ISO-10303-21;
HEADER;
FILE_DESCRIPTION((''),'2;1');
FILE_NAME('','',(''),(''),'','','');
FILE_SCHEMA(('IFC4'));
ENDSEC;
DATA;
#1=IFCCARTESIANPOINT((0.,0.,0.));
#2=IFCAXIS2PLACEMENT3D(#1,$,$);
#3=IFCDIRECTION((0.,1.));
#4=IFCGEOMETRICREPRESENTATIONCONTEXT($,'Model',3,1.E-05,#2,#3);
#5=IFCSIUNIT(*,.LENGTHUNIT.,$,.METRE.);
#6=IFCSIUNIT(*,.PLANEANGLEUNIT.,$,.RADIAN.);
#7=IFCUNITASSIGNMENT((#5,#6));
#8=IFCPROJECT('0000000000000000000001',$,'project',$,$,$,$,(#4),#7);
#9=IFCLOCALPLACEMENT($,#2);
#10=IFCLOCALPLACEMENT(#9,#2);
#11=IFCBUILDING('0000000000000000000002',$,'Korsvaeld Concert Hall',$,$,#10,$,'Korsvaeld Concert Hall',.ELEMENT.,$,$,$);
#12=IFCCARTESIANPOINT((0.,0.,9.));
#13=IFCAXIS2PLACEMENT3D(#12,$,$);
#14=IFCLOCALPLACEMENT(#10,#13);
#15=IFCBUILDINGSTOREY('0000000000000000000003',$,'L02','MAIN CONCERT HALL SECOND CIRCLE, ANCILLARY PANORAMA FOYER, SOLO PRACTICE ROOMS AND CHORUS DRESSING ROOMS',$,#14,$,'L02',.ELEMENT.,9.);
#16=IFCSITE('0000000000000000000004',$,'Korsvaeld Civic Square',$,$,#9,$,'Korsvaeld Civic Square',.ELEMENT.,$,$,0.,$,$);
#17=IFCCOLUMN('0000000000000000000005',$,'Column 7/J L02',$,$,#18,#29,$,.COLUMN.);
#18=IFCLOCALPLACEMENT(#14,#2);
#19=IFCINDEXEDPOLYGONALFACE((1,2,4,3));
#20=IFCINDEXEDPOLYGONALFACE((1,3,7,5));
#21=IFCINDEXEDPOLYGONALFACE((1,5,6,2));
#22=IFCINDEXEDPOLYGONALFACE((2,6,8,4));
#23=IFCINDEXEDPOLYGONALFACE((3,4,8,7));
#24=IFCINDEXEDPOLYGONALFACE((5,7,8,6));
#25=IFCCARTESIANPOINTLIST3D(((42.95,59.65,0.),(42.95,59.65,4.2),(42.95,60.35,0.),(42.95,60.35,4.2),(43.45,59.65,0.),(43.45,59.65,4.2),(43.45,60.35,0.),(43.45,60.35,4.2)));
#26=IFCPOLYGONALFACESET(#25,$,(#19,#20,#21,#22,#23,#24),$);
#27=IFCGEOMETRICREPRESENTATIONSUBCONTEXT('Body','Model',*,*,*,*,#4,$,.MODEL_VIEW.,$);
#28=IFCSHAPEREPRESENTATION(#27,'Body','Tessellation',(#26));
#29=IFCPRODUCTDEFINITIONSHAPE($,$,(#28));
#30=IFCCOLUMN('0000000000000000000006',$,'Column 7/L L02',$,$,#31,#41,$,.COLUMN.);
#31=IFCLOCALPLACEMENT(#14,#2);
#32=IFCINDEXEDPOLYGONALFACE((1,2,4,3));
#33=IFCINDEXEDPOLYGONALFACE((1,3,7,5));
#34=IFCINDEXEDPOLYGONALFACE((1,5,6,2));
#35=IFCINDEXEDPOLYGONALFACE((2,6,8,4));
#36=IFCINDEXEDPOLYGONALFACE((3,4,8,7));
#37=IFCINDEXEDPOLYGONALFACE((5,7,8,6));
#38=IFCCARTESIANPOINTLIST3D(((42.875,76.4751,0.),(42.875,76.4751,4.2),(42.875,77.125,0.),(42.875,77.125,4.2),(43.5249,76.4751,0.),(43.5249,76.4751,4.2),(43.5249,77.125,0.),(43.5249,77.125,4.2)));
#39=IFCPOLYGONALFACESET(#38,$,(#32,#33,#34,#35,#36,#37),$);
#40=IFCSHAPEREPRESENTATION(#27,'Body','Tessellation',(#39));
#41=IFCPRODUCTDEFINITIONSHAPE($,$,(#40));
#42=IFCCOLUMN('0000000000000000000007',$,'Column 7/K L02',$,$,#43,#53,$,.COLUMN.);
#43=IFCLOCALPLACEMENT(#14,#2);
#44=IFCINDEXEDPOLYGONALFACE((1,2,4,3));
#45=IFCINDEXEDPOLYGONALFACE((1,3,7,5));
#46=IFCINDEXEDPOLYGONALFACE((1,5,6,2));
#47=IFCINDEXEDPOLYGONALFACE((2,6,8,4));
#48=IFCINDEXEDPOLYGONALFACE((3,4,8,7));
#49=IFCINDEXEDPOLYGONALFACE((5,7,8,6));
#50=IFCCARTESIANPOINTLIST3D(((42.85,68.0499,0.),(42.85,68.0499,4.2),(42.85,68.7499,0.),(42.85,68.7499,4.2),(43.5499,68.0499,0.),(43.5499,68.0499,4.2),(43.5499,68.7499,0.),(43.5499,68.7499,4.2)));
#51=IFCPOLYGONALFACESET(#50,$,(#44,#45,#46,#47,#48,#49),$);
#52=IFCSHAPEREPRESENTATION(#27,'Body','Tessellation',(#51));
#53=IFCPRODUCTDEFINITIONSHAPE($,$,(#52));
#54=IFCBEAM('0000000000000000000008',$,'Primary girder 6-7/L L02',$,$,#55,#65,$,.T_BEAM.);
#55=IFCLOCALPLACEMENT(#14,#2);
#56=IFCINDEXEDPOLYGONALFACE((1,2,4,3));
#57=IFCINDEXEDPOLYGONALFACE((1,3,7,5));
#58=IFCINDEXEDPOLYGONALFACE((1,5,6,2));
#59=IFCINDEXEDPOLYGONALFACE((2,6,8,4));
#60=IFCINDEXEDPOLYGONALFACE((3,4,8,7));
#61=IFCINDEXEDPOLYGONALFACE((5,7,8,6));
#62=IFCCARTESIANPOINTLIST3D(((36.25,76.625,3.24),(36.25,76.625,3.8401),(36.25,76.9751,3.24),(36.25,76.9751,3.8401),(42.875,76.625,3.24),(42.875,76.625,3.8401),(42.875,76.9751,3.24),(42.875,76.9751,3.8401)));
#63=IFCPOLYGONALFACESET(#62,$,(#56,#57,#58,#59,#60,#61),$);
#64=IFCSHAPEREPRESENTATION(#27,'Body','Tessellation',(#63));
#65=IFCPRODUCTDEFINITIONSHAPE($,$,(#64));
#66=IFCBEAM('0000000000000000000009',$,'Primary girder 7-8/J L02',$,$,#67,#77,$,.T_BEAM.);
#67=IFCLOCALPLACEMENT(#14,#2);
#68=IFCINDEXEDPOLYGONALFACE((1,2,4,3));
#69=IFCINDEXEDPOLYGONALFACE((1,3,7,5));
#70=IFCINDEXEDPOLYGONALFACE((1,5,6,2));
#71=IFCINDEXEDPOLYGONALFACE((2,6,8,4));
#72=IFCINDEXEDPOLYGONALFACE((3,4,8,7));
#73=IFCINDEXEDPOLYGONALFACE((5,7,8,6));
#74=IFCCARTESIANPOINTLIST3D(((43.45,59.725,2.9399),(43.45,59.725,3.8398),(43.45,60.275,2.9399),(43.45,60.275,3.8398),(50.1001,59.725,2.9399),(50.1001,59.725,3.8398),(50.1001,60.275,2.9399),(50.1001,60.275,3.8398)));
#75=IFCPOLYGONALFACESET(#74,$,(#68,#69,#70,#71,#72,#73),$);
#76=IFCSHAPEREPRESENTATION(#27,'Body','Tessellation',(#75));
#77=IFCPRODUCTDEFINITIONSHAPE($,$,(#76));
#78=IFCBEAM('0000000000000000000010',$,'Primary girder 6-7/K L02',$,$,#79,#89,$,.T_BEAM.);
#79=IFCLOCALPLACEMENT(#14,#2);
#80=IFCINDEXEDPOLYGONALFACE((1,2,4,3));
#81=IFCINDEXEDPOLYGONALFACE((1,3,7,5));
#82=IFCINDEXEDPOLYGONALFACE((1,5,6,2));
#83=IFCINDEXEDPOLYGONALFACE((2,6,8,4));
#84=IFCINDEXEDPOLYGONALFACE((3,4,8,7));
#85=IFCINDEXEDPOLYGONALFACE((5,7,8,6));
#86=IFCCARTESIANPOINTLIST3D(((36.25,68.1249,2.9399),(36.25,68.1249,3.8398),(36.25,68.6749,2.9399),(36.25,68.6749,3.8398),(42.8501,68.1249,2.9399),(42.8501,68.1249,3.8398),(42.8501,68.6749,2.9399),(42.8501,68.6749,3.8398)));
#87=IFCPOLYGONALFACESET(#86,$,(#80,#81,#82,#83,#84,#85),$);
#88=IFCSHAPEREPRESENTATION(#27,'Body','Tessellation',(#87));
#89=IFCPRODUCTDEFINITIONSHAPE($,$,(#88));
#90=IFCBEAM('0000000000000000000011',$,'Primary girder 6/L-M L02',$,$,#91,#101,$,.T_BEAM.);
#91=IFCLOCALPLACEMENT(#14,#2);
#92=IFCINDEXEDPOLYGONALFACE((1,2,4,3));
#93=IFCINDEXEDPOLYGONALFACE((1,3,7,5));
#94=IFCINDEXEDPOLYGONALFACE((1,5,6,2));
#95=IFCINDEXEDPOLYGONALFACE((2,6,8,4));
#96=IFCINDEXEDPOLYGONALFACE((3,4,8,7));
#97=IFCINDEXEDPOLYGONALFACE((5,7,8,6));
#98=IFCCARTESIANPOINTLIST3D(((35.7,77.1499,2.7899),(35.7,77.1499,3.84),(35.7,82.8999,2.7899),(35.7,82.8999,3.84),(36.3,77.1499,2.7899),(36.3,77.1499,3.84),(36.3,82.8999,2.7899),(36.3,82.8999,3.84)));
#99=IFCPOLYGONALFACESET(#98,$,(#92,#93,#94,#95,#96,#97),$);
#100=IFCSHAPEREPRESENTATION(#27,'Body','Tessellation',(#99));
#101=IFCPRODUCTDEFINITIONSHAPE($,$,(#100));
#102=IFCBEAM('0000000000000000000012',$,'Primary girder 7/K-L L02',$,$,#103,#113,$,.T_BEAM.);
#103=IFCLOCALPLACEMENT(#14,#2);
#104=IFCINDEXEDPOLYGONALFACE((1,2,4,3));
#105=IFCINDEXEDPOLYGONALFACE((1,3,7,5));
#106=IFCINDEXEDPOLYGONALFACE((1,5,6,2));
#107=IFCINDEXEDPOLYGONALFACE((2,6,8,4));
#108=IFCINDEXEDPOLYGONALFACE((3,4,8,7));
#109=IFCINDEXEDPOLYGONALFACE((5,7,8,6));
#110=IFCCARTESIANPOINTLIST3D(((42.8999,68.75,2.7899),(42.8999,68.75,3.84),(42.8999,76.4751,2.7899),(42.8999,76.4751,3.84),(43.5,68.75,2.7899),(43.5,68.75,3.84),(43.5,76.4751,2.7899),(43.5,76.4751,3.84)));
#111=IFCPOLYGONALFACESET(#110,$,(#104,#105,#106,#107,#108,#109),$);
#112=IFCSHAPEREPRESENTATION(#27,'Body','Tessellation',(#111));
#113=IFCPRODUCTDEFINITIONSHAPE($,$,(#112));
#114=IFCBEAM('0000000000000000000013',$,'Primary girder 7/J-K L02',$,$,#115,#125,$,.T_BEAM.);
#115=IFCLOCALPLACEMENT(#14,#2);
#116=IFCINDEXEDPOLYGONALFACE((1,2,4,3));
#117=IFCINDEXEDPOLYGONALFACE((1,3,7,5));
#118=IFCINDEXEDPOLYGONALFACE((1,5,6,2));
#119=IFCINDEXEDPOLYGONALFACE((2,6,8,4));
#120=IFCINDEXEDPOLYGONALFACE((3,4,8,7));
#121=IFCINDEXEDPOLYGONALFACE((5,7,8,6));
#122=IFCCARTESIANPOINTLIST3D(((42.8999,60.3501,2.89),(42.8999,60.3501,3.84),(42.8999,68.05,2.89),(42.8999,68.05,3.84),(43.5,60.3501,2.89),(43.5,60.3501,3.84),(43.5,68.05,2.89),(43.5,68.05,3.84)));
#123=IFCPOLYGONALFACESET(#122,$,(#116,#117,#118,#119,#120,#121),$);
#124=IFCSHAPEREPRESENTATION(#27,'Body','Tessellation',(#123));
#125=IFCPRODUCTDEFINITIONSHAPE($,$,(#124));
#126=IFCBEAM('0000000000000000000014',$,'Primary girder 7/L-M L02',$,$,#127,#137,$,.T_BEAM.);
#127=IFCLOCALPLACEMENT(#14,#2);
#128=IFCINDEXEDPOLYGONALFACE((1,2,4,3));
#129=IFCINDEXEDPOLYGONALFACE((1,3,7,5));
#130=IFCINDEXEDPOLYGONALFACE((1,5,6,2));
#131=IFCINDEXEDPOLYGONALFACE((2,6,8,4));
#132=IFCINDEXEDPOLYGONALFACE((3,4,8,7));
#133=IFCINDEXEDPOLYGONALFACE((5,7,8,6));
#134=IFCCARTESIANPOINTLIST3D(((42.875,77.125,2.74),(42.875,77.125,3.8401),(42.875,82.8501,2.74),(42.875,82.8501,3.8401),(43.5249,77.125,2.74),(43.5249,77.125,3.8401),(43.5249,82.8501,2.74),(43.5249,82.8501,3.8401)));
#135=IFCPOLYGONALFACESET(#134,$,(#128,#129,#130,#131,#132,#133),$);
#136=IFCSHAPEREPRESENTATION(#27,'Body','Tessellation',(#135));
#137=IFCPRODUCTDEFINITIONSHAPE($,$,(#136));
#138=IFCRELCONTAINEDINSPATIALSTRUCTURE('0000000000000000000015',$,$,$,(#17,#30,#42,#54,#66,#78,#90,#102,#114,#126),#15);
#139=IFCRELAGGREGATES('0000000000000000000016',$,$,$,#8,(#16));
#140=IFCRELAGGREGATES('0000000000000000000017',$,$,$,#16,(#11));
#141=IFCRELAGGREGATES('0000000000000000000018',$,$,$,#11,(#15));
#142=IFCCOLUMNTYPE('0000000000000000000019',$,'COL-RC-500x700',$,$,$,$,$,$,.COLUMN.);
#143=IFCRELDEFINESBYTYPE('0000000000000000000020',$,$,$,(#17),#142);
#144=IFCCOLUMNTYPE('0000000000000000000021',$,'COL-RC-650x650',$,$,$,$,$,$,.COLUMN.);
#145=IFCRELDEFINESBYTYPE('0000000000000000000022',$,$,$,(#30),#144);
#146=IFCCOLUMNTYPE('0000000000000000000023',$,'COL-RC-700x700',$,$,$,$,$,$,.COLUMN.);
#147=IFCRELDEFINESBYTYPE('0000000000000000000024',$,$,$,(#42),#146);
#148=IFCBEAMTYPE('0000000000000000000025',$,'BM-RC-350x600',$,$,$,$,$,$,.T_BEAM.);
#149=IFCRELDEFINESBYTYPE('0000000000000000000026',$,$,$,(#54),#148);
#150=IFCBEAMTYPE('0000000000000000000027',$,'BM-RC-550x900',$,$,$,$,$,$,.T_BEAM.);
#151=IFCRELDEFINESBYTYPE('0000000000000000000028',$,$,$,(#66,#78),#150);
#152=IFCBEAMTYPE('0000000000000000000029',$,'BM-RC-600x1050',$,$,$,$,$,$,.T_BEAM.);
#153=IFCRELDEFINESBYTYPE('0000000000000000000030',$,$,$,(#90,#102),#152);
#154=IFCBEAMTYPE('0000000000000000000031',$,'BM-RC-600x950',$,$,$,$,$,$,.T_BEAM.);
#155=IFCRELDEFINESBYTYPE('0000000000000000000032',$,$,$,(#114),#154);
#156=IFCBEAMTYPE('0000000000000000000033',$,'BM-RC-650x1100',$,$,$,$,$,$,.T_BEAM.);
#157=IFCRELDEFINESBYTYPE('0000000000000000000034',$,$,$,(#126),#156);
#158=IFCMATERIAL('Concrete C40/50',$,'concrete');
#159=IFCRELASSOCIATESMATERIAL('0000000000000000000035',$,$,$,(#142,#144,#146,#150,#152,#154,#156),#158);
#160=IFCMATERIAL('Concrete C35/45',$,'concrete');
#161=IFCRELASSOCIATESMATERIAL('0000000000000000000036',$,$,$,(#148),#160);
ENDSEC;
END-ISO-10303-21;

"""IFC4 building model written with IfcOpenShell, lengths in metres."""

from ifc_helpers import new_model, si_unit, direction, frame, origin, origin_2d, place, context, subcontext, project, spatial, rectangle, extrude, material, material_profile, profile_set, type_object, element, save


model = new_model("IFC4")

# Units and contexts
model_context = context("Model", 3, precision=1e-05, world=origin(), true_north=direction((0.0, 1.0)))
body_context = subcontext(model_context, "Body", "Model", "MODEL_VIEW")
ifc_project = project(units=[si_unit("LENGTHUNIT", "METRE"), si_unit("PLANEANGLEUNIT", "RADIAN")], contexts=[model_context])

# Site, building, storey
site_placement = place(None, origin())
site = spatial("IfcSite", under=ifc_project, at=site_placement, Name="Korsvaeld Civic Square", LongName="Korsvaeld Civic Square", CompositionType="ELEMENT", RefElevation=0.0)
building_placement = place(site_placement, origin())
building = spatial("IfcBuilding", under=site, at=building_placement, Name="Korsvaeld Concert Hall", LongName="Korsvaeld Concert Hall", CompositionType="ELEMENT")
storey_placement = place(building_placement, frame((0.0, 0.0, 9.0)))
storey = spatial("IfcBuildingStorey", under=building, at=storey_placement, Name="L02", Description="MAIN CONCERT HALL SECOND CIRCLE, ANCILLARY PANORAMA FOYER, SOLO PRACTICE ROOMS AND CHORUS DRESSING ROOMS", LongName="L02", CompositionType="ELEMENT", Elevation=9.0)

# Columns
ifc_material_1 = material(Name="Concrete C40/50", Category="concrete")
ifc_material_profile_1 = material_profile(ifc_material_1, rectangle(XDim=0.5, YDim=0.7, at=origin_2d()), Name="RC 500x700")
ifc_profile_set_1 = profile_set([ifc_material_profile_1], Name="Concrete C40/50")
column_type_1 = type_object("IfcColumnType", Name="COL-RC-500x700", PredefinedType="COLUMN", material=ifc_profile_set_1)
column_1_placement = place(storey_placement, frame((43.2, 60.0, 0.0), z_axis=(0.0, 0.0, 1.0), x_axis=(1.0, 0.0, 0.0)))
element("IfcColumn", 1, at=column_1_placement, inside=storey, type_object=column_type_1, Name="Column 7/J L02", PredefinedType="COLUMN", context=body_context, shape_type="SweptSolid", body=[
    extrude(rectangle(XDim=0.5, YDim=0.7, at=origin_2d()), origin(), (0.0, 0.0, 1.0), 4.2),
])
ifc_material_profile_2 = material_profile(ifc_material_1, rectangle(XDim=0.6499, YDim=0.6499, at=origin_2d()), Name="RC 650x650")
ifc_profile_set_2 = profile_set([ifc_material_profile_2], Name="Concrete C40/50")
column_type_2 = type_object("IfcColumnType", Name="COL-RC-650x650", PredefinedType="COLUMN", material=ifc_profile_set_2)
column_2_placement = place(storey_placement, frame((43.2, 76.8, 0.0), z_axis=(0.0, 0.0, 1.0), x_axis=(1.0, 0.0, 0.0)))
element("IfcColumn", 2, at=column_2_placement, inside=storey, type_object=column_type_2, Name="Column 7/L L02", PredefinedType="COLUMN", context=body_context, shape_type="SweptSolid", body=[
    extrude(rectangle(XDim=0.6499, YDim=0.6499, at=origin_2d()), origin(), (0.0, 0.0, 1.0), 4.2),
])
ifc_material_profile_3 = material_profile(ifc_material_1, rectangle(XDim=0.7, YDim=0.7, at=origin_2d()), Name="RC 700x700")
ifc_profile_set_3 = profile_set([ifc_material_profile_3], Name="Concrete C40/50")
column_type_3 = type_object("IfcColumnType", Name="COL-RC-700x700", PredefinedType="COLUMN", material=ifc_profile_set_3)
column_3_placement = place(storey_placement, frame((43.2, 68.3999, 0.0), z_axis=(0.0, 0.0, 1.0), x_axis=(1.0, 0.0, 0.0)))
element("IfcColumn", 3, at=column_3_placement, inside=storey, type_object=column_type_3, Name="Column 7/K L02", PredefinedType="COLUMN", context=body_context, shape_type="SweptSolid", body=[
    extrude(rectangle(XDim=0.7, YDim=0.7, at=origin_2d()), origin(), (0.0, 0.0, 1.0), 4.2),
])

# Beams
ifc_material_2 = material(Name="Concrete C35/45", Category="concrete")
ifc_material_profile_4 = material_profile(ifc_material_2, rectangle(XDim=0.3501, YDim=0.6001, at=origin_2d()), Name="RC 350x600")
ifc_profile_set_4 = profile_set([ifc_material_profile_4], Name="Concrete C35/45")
beam_type_1 = type_object("IfcBeamType", Name="BM-RC-350x600", PredefinedType="T_BEAM", material=ifc_profile_set_4)
beam_1_placement = place(storey_placement, frame((36.25, 76.8, 3.54), z_axis=(1.0, 0.0, 0.0), x_axis=(0.0, 1.0, 0.0)))
element("IfcBeam", 4, at=beam_1_placement, inside=storey, type_object=beam_type_1, Name="Primary girder 6-7/L L02", PredefinedType="T_BEAM", context=body_context, shape_type="SweptSolid", body=[
    extrude(rectangle(XDim=0.3501, YDim=0.6001, at=origin_2d()), origin(), (0.0, 0.0, 1.0), 6.625),
])
ifc_material_profile_5 = material_profile(ifc_material_1, rectangle(XDim=0.55, YDim=0.8999, at=origin_2d()), Name="RC 550x900")
ifc_profile_set_5 = profile_set([ifc_material_profile_5], Name="Concrete C40/50")
beam_type_2 = type_object("IfcBeamType", Name="BM-RC-550x900", PredefinedType="T_BEAM", material=ifc_profile_set_5)
beam_2_placement = place(storey_placement, frame((43.45, 60.0, 3.3899), z_axis=(1.0, 0.0, 0.0), x_axis=(0.0, 1.0, 0.0)))
element("IfcBeam", 5, at=beam_2_placement, inside=storey, type_object=beam_type_2, Name="Primary girder 7-8/J L02", PredefinedType="T_BEAM", context=body_context, shape_type="SweptSolid", body=[
    extrude(rectangle(XDim=0.55, YDim=0.8999, at=origin_2d()), origin(), (0.0, 0.0, 1.0), 6.6501),
])
beam_3_placement = place(storey_placement, frame((36.25, 68.3999, 3.3899), z_axis=(1.0, 0.0, 0.0), x_axis=(0.0, 1.0, 0.0)))
element("IfcBeam", 6, at=beam_3_placement, inside=storey, type_object=beam_type_2, Name="Primary girder 6-7/K L02", PredefinedType="T_BEAM", context=body_context, shape_type="SweptSolid", body=[
    extrude(rectangle(XDim=0.55, YDim=0.8999, at=origin_2d()), origin(), (0.0, 0.0, 1.0), 6.6001),
])
ifc_material_profile_6 = material_profile(ifc_material_1, rectangle(XDim=0.6001, YDim=1.05, at=origin_2d()), Name="RC 600x1050")
ifc_profile_set_6 = profile_set([ifc_material_profile_6], Name="Concrete C40/50")
beam_type_3 = type_object("IfcBeamType", Name="BM-RC-600x1050", PredefinedType="T_BEAM", material=ifc_profile_set_6)
beam_4_placement = place(storey_placement, frame((36.0, 77.1499, 3.3149), z_axis=(0.0, 1.0, 0.0), x_axis=(-1.0, 0.0, 0.0)))
element("IfcBeam", 7, at=beam_4_placement, inside=storey, type_object=beam_type_3, Name="Primary girder 6/L-M L02", PredefinedType="T_BEAM", context=body_context, shape_type="SweptSolid", body=[
    extrude(rectangle(XDim=0.6001, YDim=1.05, at=origin_2d()), origin(), (0.0, 0.0, 1.0), 5.75),
])
beam_5_placement = place(storey_placement, frame((43.2, 68.75, 3.3149), z_axis=(0.0, 1.0, 0.0), x_axis=(-1.0, 0.0, 0.0)))
element("IfcBeam", 8, at=beam_5_placement, inside=storey, type_object=beam_type_3, Name="Primary girder 7/K-L L02", PredefinedType="T_BEAM", context=body_context, shape_type="SweptSolid", body=[
    extrude(rectangle(XDim=0.6001, YDim=1.05, at=origin_2d()), origin(), (0.0, 0.0, 1.0), 7.7251),
])
ifc_material_profile_7 = material_profile(ifc_material_1, rectangle(XDim=0.6001, YDim=0.95, at=origin_2d()), Name="RC 600x950")
ifc_profile_set_7 = profile_set([ifc_material_profile_7], Name="Concrete C40/50")
beam_type_4 = type_object("IfcBeamType", Name="BM-RC-600x950", PredefinedType="T_BEAM", material=ifc_profile_set_7)
beam_6_placement = place(storey_placement, frame((43.2, 60.3501, 3.365), z_axis=(0.0, 1.0, 0.0), x_axis=(-1.0, 0.0, 0.0)))
element("IfcBeam", 9, at=beam_6_placement, inside=storey, type_object=beam_type_4, Name="Primary girder 7/J-K L02", PredefinedType="T_BEAM", context=body_context, shape_type="SweptSolid", body=[
    extrude(rectangle(XDim=0.6001, YDim=0.95, at=origin_2d()), origin(), (0.0, 0.0, 1.0), 7.7),
])
ifc_material_profile_8 = material_profile(ifc_material_1, rectangle(XDim=0.6499, YDim=1.1001, at=origin_2d()), Name="RC 650x1100")
ifc_profile_set_8 = profile_set([ifc_material_profile_8], Name="Concrete C40/50")
beam_type_5 = type_object("IfcBeamType", Name="BM-RC-650x1100", PredefinedType="T_BEAM", material=ifc_profile_set_8)
beam_7_placement = place(storey_placement, frame((43.2, 77.125, 3.29), z_axis=(0.0, 1.0, 0.0), x_axis=(-1.0, 0.0, 0.0)))
element("IfcBeam", 10, at=beam_7_placement, inside=storey, type_object=beam_type_5, Name="Primary girder 7/L-M L02", PredefinedType="T_BEAM", context=body_context, shape_type="SweptSolid", body=[
    extrude(rectangle(XDim=0.6499, YDim=1.1001, at=origin_2d()), origin(), (0.0, 0.0, 1.0), 5.7251),
])

save(model, "model.ifc")
